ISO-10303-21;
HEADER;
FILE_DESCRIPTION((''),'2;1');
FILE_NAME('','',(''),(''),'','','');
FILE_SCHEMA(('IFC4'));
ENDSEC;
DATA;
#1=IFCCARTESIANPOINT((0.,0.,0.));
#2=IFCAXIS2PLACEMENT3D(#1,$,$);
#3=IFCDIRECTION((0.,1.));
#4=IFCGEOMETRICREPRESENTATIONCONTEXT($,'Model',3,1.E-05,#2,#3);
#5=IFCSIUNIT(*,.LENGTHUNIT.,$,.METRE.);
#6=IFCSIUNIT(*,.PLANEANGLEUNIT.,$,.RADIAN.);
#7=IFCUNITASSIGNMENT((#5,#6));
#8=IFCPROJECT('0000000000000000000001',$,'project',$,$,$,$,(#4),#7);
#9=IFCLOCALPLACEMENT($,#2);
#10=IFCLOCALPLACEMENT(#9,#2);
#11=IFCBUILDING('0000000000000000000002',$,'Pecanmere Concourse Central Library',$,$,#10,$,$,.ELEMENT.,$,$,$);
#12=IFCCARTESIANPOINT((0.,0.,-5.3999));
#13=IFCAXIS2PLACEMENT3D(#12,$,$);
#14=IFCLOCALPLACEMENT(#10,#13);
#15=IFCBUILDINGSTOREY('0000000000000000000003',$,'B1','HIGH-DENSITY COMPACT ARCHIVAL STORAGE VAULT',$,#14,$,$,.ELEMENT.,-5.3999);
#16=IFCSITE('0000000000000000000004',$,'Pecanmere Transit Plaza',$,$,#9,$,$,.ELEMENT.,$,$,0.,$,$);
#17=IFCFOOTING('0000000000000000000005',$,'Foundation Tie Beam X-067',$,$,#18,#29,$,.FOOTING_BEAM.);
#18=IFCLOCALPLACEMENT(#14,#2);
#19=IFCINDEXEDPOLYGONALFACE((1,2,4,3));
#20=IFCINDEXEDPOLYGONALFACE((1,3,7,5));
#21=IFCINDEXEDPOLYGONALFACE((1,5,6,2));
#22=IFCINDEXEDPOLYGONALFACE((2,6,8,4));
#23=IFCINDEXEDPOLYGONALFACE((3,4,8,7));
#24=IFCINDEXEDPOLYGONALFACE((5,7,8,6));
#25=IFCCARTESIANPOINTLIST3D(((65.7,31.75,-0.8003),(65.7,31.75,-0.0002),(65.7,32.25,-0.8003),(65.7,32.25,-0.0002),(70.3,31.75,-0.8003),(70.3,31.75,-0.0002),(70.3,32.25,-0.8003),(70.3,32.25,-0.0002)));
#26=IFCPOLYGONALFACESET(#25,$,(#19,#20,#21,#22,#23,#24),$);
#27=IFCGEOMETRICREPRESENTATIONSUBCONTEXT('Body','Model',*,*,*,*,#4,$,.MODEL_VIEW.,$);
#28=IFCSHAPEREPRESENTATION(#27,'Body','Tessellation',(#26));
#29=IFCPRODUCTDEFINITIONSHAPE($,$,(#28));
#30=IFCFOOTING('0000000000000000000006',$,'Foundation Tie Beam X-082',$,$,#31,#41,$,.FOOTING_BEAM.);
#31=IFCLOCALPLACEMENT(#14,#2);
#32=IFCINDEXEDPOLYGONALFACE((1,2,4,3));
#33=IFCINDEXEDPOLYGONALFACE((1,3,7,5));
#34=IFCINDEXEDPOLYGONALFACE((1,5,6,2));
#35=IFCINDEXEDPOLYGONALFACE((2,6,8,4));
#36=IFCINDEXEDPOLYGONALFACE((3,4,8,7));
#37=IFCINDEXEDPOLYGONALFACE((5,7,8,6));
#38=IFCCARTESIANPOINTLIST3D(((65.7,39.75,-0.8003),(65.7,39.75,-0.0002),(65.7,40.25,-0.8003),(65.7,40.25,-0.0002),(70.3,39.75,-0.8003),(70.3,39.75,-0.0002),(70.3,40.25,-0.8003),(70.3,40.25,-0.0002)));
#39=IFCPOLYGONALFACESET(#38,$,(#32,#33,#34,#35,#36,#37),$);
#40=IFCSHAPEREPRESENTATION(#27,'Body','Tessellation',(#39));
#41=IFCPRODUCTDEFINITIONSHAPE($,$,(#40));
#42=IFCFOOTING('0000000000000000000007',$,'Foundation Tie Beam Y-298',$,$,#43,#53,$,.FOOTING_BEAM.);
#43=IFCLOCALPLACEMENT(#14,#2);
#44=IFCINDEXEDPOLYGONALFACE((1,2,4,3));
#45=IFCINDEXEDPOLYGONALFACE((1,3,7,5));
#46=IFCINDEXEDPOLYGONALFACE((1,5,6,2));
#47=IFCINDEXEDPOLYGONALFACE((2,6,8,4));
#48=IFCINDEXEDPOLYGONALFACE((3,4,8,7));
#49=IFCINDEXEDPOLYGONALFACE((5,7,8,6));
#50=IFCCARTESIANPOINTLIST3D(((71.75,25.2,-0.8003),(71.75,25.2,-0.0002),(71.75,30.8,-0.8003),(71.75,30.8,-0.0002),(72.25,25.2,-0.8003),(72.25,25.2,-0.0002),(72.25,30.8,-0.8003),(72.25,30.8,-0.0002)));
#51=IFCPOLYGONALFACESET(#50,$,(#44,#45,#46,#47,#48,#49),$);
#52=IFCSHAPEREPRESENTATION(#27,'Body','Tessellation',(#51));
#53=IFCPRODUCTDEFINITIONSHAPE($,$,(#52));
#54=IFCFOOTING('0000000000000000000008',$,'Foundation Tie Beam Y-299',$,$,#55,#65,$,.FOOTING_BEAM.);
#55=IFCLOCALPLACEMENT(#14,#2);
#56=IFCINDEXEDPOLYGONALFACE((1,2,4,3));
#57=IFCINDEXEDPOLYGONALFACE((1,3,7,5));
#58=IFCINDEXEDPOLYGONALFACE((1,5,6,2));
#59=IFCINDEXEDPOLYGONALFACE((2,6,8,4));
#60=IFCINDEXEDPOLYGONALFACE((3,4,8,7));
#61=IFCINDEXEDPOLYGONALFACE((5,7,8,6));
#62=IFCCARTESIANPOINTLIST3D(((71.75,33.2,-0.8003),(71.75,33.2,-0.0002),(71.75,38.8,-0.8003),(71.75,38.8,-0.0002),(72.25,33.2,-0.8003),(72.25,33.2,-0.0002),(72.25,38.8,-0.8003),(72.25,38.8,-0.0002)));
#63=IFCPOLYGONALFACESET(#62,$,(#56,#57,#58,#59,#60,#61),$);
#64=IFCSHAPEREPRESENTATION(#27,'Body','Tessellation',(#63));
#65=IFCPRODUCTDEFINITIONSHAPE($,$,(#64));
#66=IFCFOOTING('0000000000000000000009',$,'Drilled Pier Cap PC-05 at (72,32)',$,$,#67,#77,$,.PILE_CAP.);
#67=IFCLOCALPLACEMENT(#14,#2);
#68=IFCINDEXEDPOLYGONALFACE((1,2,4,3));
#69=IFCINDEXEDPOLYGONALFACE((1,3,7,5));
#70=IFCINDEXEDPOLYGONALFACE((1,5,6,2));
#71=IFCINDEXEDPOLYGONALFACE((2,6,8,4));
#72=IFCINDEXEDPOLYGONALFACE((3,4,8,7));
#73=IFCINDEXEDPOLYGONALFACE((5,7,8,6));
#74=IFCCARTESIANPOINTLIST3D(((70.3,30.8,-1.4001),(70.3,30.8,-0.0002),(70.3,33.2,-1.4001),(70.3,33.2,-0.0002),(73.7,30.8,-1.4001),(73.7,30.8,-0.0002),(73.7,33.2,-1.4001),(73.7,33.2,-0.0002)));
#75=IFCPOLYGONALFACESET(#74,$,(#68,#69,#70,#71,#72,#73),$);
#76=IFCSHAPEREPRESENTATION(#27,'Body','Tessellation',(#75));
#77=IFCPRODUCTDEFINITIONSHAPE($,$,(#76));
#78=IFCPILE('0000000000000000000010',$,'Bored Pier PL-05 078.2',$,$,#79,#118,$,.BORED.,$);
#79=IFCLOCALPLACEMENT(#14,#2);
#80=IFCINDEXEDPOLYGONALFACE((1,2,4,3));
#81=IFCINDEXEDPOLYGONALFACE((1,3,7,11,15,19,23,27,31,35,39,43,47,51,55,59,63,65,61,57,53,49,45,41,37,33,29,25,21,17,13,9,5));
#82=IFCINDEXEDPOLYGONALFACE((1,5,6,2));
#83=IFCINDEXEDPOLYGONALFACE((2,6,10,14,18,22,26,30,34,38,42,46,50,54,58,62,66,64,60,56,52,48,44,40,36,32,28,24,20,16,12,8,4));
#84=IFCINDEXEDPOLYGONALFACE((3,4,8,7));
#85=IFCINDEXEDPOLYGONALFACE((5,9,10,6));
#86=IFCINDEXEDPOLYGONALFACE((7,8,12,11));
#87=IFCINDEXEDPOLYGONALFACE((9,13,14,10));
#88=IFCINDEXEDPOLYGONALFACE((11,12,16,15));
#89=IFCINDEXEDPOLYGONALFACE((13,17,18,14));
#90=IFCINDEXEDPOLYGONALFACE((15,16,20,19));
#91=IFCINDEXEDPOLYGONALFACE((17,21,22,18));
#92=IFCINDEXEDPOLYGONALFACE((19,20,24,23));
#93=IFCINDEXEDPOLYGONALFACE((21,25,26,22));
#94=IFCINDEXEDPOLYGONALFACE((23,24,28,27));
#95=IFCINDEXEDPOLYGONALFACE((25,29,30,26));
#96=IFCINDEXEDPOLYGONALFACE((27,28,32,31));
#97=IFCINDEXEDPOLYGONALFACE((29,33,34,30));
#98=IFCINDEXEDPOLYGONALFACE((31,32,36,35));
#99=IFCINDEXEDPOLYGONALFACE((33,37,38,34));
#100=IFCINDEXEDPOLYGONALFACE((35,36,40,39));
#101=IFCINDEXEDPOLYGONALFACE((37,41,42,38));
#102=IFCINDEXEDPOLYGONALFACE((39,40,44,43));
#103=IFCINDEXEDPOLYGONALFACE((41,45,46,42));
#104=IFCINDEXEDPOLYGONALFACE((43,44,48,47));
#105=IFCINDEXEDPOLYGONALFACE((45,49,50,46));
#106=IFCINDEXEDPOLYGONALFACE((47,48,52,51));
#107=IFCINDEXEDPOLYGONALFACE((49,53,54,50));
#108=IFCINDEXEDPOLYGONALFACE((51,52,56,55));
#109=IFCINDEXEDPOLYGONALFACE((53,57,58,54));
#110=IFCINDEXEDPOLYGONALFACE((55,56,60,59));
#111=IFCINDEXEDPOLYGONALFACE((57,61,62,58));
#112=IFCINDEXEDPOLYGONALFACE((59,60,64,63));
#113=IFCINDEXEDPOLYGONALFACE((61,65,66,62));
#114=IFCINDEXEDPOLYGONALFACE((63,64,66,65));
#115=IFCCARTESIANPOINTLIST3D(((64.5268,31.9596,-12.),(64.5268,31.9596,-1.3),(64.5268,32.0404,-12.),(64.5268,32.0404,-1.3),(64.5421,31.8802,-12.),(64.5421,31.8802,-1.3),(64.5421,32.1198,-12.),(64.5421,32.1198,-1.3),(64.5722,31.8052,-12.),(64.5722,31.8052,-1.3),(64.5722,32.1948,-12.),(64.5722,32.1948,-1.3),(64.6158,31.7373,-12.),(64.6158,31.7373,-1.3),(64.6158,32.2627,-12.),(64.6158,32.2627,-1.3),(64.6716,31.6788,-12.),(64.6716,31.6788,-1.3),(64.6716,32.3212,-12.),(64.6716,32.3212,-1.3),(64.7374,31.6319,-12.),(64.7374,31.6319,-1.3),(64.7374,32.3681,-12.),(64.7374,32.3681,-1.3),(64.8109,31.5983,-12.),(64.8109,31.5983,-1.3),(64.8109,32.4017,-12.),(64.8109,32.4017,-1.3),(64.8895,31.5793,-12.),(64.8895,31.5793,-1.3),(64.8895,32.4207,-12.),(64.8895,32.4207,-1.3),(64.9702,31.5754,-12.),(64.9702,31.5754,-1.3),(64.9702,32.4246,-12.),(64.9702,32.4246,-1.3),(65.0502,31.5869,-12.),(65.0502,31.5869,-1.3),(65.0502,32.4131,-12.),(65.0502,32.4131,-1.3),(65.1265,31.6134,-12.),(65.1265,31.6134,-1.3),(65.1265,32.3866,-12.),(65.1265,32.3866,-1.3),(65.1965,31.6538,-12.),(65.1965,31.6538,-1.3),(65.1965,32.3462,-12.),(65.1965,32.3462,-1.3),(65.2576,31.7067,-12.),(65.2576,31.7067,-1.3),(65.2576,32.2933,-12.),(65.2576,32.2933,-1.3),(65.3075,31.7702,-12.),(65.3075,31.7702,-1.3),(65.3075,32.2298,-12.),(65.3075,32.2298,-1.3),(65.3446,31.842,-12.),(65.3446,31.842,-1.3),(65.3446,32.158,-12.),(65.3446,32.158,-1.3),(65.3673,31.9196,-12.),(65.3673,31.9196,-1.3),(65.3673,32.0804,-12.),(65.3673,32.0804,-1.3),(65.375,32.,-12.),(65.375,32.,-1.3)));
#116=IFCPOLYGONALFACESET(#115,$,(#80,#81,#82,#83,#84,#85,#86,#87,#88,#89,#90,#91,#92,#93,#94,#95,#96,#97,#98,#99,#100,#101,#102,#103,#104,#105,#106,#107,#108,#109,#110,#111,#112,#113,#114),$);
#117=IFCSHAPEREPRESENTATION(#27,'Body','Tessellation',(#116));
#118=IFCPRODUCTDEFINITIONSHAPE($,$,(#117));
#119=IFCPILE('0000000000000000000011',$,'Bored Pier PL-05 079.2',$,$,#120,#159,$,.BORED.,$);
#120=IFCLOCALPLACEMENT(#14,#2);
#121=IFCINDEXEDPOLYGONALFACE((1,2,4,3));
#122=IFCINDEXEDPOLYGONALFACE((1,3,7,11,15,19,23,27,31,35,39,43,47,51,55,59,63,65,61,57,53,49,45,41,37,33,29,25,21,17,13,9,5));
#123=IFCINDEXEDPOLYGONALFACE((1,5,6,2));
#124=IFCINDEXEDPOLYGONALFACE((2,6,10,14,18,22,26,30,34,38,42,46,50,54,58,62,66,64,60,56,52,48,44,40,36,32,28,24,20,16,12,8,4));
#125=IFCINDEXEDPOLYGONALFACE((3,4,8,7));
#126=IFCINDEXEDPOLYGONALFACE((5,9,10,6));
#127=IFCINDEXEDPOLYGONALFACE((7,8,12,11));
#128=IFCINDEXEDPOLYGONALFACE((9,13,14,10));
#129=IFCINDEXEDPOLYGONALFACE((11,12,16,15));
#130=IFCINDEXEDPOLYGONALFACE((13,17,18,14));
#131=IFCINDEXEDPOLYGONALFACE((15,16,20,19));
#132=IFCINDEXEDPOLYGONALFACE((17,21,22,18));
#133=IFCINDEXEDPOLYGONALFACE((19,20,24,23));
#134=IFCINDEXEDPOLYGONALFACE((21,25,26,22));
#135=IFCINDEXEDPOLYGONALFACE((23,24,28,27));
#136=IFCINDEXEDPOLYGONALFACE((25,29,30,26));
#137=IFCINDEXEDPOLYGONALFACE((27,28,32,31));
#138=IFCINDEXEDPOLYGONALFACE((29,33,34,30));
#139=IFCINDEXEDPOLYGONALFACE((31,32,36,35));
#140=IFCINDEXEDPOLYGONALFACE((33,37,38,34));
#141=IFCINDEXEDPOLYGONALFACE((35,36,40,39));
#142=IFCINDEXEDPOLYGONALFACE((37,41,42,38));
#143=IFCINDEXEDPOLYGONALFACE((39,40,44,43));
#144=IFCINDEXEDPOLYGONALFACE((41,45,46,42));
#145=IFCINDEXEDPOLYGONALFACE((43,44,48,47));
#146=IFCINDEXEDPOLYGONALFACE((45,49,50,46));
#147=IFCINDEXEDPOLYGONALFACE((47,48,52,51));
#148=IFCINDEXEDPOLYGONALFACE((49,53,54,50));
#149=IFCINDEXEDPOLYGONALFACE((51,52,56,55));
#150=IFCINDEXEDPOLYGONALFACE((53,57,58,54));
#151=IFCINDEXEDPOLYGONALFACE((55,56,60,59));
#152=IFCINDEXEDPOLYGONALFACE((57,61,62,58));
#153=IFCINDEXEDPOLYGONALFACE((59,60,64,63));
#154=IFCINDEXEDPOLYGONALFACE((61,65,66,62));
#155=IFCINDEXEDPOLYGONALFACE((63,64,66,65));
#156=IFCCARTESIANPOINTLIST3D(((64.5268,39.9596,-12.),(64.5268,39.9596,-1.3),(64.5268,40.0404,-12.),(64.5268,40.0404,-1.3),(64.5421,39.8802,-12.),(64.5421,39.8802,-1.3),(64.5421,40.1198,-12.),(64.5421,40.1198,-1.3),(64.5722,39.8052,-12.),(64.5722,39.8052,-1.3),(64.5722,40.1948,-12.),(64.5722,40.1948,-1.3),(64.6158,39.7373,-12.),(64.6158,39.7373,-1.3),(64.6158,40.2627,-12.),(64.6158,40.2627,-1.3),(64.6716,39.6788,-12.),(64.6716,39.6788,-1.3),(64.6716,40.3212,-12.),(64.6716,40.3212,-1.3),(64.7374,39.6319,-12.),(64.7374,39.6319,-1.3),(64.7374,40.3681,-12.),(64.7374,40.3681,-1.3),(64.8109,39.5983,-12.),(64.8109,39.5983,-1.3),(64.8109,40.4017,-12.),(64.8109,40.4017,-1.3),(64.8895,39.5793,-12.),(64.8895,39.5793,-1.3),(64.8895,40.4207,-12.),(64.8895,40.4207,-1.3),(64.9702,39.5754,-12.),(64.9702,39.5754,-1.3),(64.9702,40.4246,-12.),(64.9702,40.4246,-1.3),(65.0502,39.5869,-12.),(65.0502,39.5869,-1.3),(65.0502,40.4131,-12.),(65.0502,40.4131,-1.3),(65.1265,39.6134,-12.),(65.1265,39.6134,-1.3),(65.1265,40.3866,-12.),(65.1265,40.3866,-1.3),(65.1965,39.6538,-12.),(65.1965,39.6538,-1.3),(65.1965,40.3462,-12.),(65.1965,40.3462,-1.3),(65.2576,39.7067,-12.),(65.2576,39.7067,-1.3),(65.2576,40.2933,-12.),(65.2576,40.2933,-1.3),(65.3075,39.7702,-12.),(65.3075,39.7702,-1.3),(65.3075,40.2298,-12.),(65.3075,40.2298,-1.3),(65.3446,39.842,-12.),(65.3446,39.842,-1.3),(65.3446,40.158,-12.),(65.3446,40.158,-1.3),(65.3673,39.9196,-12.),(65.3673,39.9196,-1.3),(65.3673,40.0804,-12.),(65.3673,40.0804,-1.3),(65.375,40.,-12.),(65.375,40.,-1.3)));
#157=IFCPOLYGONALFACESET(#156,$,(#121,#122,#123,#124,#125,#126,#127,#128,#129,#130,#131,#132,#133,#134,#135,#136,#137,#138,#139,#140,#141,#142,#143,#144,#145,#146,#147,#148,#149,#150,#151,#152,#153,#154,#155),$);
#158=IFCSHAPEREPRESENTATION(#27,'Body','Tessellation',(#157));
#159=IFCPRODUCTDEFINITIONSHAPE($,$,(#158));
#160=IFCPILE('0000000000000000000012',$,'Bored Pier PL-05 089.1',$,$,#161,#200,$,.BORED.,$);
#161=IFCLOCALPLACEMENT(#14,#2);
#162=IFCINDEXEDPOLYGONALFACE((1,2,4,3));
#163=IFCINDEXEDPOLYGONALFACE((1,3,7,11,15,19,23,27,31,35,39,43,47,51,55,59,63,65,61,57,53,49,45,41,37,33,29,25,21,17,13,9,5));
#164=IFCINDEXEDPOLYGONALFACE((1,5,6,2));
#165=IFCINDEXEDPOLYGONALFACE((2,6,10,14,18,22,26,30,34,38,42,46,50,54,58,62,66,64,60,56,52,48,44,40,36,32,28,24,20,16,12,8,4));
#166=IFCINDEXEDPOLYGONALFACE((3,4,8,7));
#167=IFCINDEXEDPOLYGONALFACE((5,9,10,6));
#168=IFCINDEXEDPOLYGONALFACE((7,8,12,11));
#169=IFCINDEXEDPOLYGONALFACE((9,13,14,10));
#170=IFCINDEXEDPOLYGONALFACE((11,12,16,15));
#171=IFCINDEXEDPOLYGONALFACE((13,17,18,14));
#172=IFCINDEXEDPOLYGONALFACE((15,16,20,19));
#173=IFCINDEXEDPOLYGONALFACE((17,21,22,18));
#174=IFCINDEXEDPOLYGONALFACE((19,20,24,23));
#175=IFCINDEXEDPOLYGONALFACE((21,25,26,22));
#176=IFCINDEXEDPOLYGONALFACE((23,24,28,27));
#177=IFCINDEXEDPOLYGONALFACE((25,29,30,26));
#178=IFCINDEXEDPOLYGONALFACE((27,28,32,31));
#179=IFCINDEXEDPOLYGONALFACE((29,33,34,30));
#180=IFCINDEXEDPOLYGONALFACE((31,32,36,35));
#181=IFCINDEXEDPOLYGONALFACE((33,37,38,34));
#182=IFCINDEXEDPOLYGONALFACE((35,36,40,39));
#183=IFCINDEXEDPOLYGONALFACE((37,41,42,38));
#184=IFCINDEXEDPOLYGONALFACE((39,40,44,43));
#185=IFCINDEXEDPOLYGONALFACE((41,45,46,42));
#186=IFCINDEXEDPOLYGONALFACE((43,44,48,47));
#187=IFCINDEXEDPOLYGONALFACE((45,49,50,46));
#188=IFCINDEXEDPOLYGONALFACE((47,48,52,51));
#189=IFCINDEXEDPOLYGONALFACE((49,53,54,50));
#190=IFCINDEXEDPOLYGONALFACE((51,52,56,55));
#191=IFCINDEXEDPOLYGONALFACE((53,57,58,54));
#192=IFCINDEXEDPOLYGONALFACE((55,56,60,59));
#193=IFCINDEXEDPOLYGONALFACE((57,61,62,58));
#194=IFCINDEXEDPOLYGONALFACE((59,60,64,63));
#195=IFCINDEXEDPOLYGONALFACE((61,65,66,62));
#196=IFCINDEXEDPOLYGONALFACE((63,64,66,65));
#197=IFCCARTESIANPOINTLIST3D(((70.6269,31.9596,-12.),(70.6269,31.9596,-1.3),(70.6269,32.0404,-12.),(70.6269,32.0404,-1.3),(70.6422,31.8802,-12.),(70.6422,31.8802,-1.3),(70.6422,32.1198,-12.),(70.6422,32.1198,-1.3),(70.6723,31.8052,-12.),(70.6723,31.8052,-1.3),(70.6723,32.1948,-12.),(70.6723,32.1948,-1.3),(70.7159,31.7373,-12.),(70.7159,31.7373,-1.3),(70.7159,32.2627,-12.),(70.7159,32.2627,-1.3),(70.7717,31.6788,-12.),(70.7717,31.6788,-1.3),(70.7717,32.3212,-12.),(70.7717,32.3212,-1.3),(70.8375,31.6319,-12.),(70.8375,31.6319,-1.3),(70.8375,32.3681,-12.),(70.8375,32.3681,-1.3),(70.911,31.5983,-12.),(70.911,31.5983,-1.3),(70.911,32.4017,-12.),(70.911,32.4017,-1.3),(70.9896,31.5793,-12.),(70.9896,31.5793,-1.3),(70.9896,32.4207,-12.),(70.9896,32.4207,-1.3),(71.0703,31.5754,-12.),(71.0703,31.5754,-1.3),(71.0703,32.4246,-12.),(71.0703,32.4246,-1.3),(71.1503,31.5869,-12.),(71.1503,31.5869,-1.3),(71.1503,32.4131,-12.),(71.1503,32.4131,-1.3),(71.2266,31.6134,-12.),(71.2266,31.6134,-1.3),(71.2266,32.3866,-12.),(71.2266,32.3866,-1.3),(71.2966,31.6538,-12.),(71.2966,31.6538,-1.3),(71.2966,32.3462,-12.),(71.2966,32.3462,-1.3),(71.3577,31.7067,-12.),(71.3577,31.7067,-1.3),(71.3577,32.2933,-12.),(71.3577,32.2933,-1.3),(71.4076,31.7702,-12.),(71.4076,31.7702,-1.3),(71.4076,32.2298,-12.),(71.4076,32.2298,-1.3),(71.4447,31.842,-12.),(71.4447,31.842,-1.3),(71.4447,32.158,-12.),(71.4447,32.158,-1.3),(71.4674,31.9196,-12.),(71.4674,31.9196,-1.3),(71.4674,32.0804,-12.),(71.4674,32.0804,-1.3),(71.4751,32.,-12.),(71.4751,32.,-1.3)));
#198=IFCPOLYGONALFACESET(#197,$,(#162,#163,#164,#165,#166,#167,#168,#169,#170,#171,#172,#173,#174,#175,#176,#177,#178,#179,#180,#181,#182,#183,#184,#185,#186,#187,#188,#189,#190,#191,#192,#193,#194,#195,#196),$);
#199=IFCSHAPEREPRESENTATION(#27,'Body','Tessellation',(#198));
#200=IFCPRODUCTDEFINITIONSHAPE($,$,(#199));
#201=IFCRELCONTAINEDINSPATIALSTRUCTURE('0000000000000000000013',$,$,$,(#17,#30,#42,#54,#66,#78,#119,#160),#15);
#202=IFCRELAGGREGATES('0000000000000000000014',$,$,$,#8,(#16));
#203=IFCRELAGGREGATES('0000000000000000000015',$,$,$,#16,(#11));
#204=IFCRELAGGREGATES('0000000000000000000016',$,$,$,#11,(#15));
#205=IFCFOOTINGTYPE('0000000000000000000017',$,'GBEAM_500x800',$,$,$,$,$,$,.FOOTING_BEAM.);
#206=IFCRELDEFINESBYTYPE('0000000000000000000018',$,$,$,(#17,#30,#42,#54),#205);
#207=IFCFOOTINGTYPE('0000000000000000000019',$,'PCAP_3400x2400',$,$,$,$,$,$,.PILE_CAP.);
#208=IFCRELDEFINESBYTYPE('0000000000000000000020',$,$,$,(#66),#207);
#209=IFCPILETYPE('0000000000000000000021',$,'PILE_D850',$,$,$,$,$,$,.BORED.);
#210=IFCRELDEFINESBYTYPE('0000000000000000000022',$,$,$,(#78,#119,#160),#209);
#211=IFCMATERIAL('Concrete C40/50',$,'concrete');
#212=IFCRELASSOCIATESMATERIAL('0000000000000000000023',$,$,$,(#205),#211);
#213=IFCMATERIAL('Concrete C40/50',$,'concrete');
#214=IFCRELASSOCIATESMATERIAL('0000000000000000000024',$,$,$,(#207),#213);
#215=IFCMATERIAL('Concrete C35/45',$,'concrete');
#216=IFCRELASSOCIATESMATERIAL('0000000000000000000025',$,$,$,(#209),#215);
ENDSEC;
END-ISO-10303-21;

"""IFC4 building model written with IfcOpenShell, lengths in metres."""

from ifc_helpers import new_model, si_unit, direction, frame, origin, origin_2d, place, context, subcontext, project, spatial, rectangle, circle, extrude, material, material_profile, profile_set, type_object, element, save


model = new_model("IFC4")

# Units and contexts
model_context = context("Model", 3, precision=1e-05, world=origin(), true_north=direction((0.0, 1.0)))
body_context = subcontext(model_context, "Body", "Model", "MODEL_VIEW")
ifc_project = project(units=[si_unit("LENGTHUNIT", "METRE"), si_unit("PLANEANGLEUNIT", "RADIAN")], contexts=[model_context])

# Site, building, storey
site_placement = place(None, origin())
site = spatial("IfcSite", under=ifc_project, at=site_placement, Name="Pecanmere Transit Plaza", CompositionType="ELEMENT", RefElevation=0.0)
building_placement = place(site_placement, origin())
building = spatial("IfcBuilding", under=site, at=building_placement, Name="Pecanmere Concourse Central Library", CompositionType="ELEMENT")
storey_placement = place(building_placement, frame((0.0, 0.0, -5.3999)))
storey = spatial("IfcBuildingStorey", under=building, at=storey_placement, Name="B1", Description="HIGH-DENSITY COMPACT ARCHIVAL STORAGE VAULT", CompositionType="ELEMENT", Elevation=-5.3999)

# Footings
ifc_material_1 = material(Name="Concrete C40/50", Category="concrete")
ifc_material_profile_1 = material_profile(ifc_material_1, rectangle(XDim=0.5, YDim=0.8, at=origin_2d()), Name="RC 500x800")
ifc_profile_set_1 = profile_set([ifc_material_profile_1], Name="Concrete C40/50")
footing_type_1 = type_object("IfcFootingType", Name="GBEAM_500x800", PredefinedType="FOOTING_BEAM", material=ifc_profile_set_1)
for number, where, z_axis, x_axis, name in (
    (1, (68.0, 32.0, -0.8003), (0.0, 0.0, 1.0), (1.0, 0.0, 0.0), "Foundation Tie Beam X-067"),
    (2, (68.0, 40.0, -0.8003), (0.0, 0.0, 1.0), (1.0, 0.0, 0.0), "Foundation Tie Beam X-082"),
):
    element("IfcFooting", number, at=place(storey_placement, frame(where, z_axis=z_axis, x_axis=x_axis)), inside=storey, type_object=footing_type_1, Name=name, PredefinedType="FOOTING_BEAM", context=body_context, shape_type="SweptSolid", body=[
        extrude(rectangle(XDim=4.6001, YDim=0.5, at=origin_2d()), origin(), (0.0, 0.0, 1.0), 0.8),
    ])
for number, where, z_axis, x_axis, name in (
    (3, (72.0, 28.0, -0.8003), (0.0, 0.0, 1.0), (0.0, 1.0, 0.0), "Foundation Tie Beam Y-298"),
    (4, (72.0, 36.0, -0.8003), (0.0, 0.0, 1.0), (0.0, 1.0, 0.0), "Foundation Tie Beam Y-299"),
):
    element("IfcFooting", number, at=place(storey_placement, frame(where, z_axis=z_axis, x_axis=x_axis)), inside=storey, type_object=footing_type_1, Name=name, PredefinedType="FOOTING_BEAM", context=body_context, shape_type="SweptSolid", body=[
        extrude(rectangle(XDim=5.6001, YDim=0.5, at=origin_2d()), origin(), (0.0, 0.0, 1.0), 0.8),
    ])
ifc_material_2 = material(Name="Concrete C40/50", Category="concrete")
footing_type_2 = type_object("IfcFootingType", Name="PCAP_3400x2400", PredefinedType="PILE_CAP", material=ifc_material_2)
footing_placement = place(storey_placement, frame((72.0, 32.0, -1.4001), z_axis=(0.0, 0.0, 1.0), x_axis=(1.0, 0.0, 0.0)))
element("IfcFooting", 5, at=footing_placement, inside=storey, type_object=footing_type_2, Name="Drilled Pier Cap PC-05 at (72,32)", PredefinedType="PILE_CAP", context=body_context, shape_type="SweptSolid", body=[
    extrude(rectangle(XDim=3.3999, YDim=2.3999, at=origin_2d()), origin(), (0.0, 0.0, 1.0), 1.3999),
])

# Piles
ifc_material_3 = material(Name="Concrete C35/45", Category="concrete")
ifc_material_profile_2 = material_profile(ifc_material_3, circle(Radius=0.425, at=origin_2d()), Name="PIER D850")
ifc_profile_set_2 = profile_set([ifc_material_profile_2], Name="Concrete C35/45")
pile_type = type_object("IfcPileType", Name="PILE_D850", PredefinedType="BORED", material=ifc_profile_set_2)
for number, where, z_axis, x_axis, name in (
    (6, (64.95, 32.0, -1.3), (0.0, 0.0, -1.0), (1.0, 0.0, 0.0), "Bored Pier PL-05 078.2"),
    (7, (64.95, 40.0, -1.3), (0.0, 0.0, -1.0), (1.0, 0.0, 0.0), "Bored Pier PL-05 079.2"),
    (8, (71.05, 32.0, -1.3), (0.0, 0.0, -1.0), (1.0, 0.0, 0.0), "Bored Pier PL-05 089.1"),
):
    element("IfcPile", number, at=place(storey_placement, frame(where, z_axis=z_axis, x_axis=x_axis)), inside=storey, type_object=pile_type, Name=name, PredefinedType="BORED", context=body_context, shape_type="SweptSolid", body=[
        extrude(circle(Radius=0.425, at=origin_2d()), origin(), (0.0, 0.0, 1.0), 10.7),
    ])

save(model, "model.ifc")
